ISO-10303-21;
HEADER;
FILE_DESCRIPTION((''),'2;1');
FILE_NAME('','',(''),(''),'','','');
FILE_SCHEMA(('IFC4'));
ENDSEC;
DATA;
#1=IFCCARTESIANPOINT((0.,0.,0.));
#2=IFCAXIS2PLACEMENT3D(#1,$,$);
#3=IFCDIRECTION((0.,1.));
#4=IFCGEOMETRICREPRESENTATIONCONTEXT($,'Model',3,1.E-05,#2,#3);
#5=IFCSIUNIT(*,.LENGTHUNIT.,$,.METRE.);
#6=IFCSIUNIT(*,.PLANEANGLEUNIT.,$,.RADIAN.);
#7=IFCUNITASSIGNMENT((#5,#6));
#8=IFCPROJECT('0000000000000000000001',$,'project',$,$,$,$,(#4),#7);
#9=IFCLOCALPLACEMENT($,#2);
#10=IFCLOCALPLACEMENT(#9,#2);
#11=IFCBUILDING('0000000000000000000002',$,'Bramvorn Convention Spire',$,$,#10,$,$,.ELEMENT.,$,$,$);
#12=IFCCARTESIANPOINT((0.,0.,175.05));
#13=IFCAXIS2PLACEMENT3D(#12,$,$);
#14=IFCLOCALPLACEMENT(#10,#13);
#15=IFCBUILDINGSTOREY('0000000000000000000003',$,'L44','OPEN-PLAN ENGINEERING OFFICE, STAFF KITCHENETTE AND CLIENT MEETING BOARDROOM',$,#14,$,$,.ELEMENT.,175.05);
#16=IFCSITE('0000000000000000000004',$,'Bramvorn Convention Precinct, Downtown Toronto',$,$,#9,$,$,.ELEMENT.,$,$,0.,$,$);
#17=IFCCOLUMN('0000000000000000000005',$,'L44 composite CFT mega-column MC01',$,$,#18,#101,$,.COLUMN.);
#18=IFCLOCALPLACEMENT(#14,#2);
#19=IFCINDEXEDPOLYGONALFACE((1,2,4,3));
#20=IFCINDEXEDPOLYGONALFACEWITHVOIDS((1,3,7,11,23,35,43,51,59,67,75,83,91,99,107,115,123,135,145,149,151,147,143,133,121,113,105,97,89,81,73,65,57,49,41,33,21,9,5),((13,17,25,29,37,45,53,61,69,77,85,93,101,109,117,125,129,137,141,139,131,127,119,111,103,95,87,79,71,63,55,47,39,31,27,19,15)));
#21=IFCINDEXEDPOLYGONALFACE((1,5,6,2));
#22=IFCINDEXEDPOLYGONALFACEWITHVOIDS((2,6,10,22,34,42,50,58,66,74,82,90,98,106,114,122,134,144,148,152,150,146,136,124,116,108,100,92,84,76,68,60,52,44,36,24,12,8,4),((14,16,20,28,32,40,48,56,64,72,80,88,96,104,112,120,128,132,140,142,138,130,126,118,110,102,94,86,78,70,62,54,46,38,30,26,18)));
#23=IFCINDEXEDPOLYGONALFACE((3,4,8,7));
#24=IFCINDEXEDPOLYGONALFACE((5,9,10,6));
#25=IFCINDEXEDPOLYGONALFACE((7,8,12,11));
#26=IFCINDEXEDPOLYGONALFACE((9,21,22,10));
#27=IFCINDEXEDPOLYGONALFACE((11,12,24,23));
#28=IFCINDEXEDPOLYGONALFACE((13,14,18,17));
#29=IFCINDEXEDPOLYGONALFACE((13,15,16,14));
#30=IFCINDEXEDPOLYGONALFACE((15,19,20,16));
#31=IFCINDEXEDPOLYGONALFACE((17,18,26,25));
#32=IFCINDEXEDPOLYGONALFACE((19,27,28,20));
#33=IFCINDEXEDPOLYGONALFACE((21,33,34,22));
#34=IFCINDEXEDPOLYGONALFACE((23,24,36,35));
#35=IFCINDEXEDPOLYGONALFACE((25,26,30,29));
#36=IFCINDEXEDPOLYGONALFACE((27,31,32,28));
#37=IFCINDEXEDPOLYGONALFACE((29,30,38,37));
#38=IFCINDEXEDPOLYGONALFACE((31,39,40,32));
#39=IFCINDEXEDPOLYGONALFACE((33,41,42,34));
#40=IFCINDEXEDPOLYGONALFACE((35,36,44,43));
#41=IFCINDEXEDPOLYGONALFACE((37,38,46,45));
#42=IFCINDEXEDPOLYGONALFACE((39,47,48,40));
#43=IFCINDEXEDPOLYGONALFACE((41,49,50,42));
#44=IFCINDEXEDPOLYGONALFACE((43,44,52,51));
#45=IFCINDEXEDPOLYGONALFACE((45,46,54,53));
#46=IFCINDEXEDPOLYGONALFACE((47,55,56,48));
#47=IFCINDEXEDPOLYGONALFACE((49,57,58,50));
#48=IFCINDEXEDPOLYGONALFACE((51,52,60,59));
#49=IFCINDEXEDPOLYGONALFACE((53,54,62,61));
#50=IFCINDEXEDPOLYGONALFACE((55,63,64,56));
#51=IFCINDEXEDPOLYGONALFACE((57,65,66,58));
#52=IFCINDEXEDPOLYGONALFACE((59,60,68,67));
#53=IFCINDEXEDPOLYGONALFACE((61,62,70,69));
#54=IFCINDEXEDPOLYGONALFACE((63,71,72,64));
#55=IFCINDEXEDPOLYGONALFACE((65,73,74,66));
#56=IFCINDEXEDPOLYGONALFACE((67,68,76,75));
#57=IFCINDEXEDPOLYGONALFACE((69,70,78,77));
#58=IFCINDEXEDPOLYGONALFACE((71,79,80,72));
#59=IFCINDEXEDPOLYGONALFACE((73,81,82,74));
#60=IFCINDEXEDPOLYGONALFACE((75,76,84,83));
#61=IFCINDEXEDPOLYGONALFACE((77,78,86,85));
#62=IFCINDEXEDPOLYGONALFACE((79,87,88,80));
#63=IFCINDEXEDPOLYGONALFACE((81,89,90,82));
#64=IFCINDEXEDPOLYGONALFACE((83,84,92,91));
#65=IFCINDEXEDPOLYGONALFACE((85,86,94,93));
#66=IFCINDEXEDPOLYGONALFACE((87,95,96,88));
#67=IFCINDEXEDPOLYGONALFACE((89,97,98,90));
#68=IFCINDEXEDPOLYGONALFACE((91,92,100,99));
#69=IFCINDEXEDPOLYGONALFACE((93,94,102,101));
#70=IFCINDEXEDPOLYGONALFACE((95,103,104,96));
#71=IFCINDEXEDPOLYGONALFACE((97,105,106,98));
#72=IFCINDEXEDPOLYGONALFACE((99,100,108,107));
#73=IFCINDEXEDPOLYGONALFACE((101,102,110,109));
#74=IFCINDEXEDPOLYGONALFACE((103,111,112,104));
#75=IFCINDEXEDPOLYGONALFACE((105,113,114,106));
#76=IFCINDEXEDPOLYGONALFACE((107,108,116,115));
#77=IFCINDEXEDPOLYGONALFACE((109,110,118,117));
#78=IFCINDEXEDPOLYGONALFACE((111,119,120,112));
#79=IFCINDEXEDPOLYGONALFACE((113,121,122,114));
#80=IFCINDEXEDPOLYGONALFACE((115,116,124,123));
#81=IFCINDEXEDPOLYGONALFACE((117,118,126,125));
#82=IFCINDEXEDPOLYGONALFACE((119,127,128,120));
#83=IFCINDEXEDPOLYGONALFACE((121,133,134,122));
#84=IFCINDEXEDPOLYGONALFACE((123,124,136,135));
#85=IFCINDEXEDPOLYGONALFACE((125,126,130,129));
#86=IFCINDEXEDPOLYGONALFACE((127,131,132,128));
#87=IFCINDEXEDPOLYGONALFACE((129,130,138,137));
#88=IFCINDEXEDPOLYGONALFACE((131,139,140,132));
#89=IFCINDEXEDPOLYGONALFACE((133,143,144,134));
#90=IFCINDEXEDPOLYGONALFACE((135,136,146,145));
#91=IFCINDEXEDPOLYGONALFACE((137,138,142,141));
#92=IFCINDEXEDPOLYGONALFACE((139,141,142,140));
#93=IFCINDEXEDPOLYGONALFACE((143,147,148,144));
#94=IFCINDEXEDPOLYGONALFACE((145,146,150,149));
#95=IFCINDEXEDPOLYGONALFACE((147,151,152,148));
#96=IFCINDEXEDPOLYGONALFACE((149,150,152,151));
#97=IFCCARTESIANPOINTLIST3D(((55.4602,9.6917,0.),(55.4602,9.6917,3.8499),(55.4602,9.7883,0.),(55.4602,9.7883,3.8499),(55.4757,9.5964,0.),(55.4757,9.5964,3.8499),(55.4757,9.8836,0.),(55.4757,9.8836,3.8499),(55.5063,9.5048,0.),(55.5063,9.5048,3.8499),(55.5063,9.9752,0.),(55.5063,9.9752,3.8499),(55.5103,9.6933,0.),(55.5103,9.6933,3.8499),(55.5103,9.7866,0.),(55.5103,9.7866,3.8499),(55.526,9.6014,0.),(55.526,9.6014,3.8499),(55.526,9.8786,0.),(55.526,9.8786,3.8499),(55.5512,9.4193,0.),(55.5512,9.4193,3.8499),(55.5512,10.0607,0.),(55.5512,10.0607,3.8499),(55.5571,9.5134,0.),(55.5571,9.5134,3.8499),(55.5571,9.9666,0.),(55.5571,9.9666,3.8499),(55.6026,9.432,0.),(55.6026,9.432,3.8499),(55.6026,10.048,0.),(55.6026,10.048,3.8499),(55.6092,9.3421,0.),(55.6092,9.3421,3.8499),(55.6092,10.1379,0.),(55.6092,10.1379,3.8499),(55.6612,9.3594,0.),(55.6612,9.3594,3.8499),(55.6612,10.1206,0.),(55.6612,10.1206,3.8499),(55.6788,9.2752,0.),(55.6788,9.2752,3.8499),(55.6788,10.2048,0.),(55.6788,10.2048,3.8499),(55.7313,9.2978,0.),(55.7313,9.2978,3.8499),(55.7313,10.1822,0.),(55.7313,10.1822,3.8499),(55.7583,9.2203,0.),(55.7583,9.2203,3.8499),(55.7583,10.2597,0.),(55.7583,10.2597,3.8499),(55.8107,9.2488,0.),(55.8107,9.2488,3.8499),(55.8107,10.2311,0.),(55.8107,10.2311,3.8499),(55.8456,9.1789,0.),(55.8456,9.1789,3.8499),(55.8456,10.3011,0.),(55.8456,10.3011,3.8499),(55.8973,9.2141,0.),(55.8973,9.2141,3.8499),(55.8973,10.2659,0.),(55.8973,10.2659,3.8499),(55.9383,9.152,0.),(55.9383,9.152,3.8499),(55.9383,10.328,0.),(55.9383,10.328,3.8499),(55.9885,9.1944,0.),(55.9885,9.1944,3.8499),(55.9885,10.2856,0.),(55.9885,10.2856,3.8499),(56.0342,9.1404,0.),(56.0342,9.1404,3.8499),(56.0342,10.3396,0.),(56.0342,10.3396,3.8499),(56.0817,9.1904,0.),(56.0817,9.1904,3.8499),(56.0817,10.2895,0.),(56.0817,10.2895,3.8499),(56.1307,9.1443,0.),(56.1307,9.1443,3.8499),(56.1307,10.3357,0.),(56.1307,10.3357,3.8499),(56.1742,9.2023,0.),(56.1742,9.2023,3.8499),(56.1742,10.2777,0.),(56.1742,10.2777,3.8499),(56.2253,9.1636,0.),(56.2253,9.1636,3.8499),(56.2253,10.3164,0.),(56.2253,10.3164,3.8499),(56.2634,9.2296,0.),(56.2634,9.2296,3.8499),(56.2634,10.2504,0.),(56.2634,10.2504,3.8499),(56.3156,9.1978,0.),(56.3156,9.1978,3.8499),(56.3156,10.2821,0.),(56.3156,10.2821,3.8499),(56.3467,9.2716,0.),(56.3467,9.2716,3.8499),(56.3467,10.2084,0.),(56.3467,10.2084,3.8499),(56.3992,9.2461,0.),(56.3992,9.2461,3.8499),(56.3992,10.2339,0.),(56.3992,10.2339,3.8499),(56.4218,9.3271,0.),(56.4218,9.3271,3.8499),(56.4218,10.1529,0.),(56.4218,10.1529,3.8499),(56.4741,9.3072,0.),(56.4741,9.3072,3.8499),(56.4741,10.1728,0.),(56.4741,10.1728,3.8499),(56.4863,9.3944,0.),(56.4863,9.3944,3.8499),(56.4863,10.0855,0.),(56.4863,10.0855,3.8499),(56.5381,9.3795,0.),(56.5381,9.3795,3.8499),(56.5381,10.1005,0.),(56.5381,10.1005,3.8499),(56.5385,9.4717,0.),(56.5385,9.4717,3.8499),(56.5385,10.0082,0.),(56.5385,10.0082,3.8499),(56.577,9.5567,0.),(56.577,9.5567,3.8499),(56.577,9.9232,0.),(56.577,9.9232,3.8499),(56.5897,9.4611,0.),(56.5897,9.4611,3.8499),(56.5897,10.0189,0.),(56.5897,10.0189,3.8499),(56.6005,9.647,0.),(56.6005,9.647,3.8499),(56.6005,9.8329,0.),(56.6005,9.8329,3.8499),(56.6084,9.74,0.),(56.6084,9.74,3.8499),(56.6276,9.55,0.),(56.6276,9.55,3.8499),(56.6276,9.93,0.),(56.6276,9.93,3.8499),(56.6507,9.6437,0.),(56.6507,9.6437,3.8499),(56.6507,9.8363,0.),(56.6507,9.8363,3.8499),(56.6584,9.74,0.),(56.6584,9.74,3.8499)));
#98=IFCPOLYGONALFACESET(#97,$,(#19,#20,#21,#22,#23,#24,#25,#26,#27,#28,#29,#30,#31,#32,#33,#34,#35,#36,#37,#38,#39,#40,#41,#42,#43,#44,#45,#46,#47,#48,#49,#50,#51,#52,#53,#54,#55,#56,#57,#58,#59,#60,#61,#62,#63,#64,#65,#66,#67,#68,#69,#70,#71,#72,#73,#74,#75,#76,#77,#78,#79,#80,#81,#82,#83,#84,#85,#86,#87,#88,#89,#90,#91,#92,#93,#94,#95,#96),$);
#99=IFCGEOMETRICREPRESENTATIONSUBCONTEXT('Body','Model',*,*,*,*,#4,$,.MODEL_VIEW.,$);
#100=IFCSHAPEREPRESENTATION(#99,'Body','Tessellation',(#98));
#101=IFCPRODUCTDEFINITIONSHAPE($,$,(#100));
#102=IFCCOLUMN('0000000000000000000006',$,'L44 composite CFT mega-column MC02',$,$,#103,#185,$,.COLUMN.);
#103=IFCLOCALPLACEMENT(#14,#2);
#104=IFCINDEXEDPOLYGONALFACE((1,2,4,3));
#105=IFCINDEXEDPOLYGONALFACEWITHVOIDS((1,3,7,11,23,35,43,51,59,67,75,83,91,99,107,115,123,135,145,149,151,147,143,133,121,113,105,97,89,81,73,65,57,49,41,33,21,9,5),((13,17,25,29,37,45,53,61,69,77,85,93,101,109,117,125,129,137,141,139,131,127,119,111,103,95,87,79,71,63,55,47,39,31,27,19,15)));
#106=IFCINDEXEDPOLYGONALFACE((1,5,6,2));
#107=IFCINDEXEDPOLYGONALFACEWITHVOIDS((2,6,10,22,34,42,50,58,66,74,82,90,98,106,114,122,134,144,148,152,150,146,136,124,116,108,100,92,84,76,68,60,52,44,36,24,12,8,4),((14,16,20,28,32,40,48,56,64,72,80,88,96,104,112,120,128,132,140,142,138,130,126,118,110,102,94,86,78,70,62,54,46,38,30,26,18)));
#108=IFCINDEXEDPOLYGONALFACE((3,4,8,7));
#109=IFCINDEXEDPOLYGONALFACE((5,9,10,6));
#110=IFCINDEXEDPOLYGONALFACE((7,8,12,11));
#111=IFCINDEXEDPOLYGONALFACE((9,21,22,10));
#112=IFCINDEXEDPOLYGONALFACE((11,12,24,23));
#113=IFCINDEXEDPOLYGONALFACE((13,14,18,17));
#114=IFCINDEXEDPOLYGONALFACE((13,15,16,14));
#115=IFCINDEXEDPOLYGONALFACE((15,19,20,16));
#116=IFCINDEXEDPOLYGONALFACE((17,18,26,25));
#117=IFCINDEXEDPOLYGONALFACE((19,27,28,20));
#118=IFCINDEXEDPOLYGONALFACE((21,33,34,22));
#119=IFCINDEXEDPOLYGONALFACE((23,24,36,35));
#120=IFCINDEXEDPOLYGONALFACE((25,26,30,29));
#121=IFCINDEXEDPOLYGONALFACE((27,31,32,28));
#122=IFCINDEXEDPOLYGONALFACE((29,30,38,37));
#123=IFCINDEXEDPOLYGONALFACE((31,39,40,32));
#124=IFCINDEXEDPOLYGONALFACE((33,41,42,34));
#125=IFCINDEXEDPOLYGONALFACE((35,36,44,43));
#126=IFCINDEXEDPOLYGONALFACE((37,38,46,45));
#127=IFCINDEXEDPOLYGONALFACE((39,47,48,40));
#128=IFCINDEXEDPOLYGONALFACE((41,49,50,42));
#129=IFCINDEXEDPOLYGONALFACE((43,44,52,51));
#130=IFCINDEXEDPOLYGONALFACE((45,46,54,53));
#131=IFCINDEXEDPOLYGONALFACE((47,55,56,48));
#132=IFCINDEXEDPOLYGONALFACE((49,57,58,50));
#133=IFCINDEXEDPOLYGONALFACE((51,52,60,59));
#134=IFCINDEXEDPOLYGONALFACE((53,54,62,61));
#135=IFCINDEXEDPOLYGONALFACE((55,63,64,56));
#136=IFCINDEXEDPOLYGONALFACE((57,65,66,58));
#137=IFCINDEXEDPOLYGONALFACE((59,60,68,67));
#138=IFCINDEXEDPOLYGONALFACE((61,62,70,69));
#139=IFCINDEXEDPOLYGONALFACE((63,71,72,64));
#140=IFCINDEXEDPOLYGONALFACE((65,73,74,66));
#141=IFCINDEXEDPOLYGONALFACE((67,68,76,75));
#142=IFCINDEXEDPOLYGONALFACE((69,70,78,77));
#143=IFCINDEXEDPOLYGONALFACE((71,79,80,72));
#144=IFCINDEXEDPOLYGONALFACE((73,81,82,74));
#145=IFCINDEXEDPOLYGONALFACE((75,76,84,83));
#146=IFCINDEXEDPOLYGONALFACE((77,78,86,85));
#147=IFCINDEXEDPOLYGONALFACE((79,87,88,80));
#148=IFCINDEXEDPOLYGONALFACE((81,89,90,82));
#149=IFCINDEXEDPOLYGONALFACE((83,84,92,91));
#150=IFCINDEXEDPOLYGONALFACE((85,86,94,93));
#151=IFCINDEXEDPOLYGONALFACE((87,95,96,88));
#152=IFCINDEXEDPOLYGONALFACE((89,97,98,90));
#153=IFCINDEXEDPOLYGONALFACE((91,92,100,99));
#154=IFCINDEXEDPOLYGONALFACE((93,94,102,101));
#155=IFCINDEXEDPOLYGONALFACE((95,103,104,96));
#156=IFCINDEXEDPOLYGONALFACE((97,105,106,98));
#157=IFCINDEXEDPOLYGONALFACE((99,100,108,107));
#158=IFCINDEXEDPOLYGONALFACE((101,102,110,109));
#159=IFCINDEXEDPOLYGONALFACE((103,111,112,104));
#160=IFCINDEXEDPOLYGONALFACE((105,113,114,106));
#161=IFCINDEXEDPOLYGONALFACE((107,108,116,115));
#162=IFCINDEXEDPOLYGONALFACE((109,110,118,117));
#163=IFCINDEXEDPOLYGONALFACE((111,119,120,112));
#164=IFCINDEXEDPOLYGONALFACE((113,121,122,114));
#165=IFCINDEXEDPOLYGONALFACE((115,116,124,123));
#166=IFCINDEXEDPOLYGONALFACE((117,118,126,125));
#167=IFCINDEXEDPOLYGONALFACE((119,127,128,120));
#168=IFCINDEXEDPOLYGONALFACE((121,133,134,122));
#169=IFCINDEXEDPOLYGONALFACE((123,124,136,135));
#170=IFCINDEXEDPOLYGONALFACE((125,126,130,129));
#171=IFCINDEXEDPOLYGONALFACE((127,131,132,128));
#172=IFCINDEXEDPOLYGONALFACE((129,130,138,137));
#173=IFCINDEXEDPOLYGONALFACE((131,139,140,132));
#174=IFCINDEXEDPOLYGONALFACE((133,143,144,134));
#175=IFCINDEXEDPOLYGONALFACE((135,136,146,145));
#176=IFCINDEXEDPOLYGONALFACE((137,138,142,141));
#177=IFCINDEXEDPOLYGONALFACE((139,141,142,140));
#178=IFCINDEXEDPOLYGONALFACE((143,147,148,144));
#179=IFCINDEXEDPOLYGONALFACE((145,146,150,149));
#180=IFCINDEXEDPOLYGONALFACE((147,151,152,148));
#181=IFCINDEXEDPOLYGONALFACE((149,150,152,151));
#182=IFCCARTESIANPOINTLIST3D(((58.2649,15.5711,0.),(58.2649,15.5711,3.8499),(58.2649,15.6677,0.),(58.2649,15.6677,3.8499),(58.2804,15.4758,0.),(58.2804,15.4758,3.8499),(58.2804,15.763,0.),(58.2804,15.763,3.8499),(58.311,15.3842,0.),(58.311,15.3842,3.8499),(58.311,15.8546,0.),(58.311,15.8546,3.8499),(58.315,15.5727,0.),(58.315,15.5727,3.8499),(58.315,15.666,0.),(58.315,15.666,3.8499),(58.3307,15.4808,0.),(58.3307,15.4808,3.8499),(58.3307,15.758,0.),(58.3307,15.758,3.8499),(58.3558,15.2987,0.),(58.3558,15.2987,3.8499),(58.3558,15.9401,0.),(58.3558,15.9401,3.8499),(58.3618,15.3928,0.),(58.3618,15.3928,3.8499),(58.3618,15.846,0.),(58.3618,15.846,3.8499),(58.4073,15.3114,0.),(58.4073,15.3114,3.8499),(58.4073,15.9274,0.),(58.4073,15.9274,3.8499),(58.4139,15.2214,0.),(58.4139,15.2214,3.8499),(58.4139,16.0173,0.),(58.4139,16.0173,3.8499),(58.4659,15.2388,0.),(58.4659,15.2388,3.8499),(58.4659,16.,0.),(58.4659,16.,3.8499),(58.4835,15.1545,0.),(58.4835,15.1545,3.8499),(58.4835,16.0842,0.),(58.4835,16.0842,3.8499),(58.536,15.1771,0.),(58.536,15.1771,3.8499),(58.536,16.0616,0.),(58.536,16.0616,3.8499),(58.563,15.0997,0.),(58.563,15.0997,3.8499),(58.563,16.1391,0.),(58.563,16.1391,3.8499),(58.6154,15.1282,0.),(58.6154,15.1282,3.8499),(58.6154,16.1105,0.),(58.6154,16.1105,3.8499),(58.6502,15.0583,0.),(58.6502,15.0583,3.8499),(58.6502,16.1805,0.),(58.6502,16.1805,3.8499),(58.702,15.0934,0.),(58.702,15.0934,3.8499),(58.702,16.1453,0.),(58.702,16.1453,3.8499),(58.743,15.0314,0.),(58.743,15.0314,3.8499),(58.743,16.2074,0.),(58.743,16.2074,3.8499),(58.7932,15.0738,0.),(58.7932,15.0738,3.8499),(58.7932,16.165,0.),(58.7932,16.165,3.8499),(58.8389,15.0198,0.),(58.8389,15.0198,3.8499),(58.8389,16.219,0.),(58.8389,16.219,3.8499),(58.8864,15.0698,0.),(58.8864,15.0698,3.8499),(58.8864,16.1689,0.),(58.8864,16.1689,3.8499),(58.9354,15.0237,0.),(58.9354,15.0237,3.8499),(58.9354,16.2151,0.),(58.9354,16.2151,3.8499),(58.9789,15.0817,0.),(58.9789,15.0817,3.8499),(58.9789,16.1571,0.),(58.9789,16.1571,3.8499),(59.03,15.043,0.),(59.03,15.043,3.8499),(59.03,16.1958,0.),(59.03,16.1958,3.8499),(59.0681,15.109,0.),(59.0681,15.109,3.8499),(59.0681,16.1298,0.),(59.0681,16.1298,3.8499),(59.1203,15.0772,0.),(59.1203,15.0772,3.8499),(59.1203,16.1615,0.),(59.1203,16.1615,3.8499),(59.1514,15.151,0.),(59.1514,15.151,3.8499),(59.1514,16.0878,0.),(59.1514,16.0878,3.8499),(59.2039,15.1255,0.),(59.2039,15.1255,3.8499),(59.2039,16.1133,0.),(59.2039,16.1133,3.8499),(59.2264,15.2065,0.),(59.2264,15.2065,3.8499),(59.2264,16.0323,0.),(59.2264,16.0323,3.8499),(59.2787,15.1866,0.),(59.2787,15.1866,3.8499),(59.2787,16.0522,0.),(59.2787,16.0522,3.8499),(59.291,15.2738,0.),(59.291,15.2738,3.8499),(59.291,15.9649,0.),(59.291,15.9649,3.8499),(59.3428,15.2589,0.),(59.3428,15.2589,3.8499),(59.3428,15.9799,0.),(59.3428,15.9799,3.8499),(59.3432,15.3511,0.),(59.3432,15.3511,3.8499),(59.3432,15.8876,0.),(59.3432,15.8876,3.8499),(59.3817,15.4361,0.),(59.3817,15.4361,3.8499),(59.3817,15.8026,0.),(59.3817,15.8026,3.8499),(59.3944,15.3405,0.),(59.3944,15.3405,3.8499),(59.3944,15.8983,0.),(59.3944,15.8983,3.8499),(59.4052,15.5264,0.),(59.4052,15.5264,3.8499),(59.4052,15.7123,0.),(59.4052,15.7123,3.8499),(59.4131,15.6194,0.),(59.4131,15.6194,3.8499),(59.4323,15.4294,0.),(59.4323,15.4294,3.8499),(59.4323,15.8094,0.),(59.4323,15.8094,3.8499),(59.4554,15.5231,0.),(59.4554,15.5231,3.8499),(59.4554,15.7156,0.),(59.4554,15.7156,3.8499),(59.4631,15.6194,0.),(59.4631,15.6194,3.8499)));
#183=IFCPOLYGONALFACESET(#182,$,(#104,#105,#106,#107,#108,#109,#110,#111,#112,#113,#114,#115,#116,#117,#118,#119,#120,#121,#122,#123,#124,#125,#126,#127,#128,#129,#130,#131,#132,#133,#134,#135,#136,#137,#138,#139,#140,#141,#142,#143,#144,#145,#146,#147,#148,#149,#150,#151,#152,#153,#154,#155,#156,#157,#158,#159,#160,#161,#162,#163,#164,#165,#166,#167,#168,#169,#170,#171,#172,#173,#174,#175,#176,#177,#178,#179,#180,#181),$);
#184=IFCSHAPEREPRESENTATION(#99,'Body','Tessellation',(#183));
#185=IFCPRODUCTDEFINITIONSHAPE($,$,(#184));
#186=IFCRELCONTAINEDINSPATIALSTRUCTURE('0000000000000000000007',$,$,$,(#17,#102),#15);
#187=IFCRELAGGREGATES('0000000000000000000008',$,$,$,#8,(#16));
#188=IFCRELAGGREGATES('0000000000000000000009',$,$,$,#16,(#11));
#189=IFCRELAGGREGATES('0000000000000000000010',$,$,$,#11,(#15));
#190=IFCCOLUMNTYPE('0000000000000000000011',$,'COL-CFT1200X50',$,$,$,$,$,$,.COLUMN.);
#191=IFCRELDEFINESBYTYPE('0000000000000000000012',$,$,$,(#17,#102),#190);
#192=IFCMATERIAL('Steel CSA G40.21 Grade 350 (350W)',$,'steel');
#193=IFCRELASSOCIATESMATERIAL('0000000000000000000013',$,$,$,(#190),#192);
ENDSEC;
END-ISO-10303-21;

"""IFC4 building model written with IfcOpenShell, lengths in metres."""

from ifc_helpers import new_model, si_unit, direction, frame, origin, origin_2d, place, context, subcontext, project, spatial, hollow_circle, extrude, material, material_profile, profile_set, type_object, element, save


model = new_model("IFC4")

# Units and contexts
model_context = context("Model", 3, precision=1e-05, world=origin(), true_north=direction((0.0, 1.0)))
body_context = subcontext(model_context, "Body", "Model", "MODEL_VIEW")
ifc_project = project(units=[si_unit("LENGTHUNIT", "METRE"), si_unit("PLANEANGLEUNIT", "RADIAN")], contexts=[model_context])

# Site, building, storey
site_placement = place(None, origin())
site = spatial("IfcSite", under=ifc_project, at=site_placement, Name="Bramvorn Convention Precinct, Downtown Toronto", CompositionType="ELEMENT", RefElevation=0.0)
building_placement = place(site_placement, origin())
building = spatial("IfcBuilding", under=site, at=building_placement, Name="Bramvorn Convention Spire", CompositionType="ELEMENT")
storey_placement = place(building_placement, frame((0.0, 0.0, 175.05)))
storey = spatial("IfcBuildingStorey", under=building, at=storey_placement, Name="L44", Description="OPEN-PLAN ENGINEERING OFFICE, STAFF KITCHENETTE AND CLIENT MEETING BOARDROOM", CompositionType="ELEMENT", Elevation=175.05)

# Columns
ifc_material_1 = material(Name="Steel CSA G40.21 Grade 350 (350W)", Category="steel")
ifc_material_profile_1 = material_profile(ifc_material_1, hollow_circle(Radius=0.6001, WallThickness=0.05, at=origin_2d()))
ifc_profile_set_1 = profile_set([ifc_material_profile_1], Name="Steel CSA G40.21 Grade 350 (350W) - CFT1200X50")
column_type = type_object("IfcColumnType", Name="COL-CFT1200X50", PredefinedType="COLUMN", material=ifc_profile_set_1)
for number, where, z_axis, x_axis, name in (
    (1, (56.0583, 9.74, 0.0), (0.0, 0.0, 1.0), (1.0, 0.0, 0.0), "L44 composite CFT mega-column MC01"),
    (2, (58.863, 15.6194, 0.0), (0.0, 0.0, 1.0), (1.0, 0.0, 0.0), "L44 composite CFT mega-column MC02"),
):
    element("IfcColumn", number, at=place(storey_placement, frame(where, z_axis=z_axis, x_axis=x_axis)), inside=storey, type_object=column_type, Name=name, PredefinedType="COLUMN", context=body_context, shape_type="SweptSolid", body=[
        extrude(hollow_circle(Radius=0.6001, WallThickness=0.05, at=origin_2d()), origin(), (0.0, 0.0, 1.0), 3.8499),
    ])

save(model, "model.ifc")
